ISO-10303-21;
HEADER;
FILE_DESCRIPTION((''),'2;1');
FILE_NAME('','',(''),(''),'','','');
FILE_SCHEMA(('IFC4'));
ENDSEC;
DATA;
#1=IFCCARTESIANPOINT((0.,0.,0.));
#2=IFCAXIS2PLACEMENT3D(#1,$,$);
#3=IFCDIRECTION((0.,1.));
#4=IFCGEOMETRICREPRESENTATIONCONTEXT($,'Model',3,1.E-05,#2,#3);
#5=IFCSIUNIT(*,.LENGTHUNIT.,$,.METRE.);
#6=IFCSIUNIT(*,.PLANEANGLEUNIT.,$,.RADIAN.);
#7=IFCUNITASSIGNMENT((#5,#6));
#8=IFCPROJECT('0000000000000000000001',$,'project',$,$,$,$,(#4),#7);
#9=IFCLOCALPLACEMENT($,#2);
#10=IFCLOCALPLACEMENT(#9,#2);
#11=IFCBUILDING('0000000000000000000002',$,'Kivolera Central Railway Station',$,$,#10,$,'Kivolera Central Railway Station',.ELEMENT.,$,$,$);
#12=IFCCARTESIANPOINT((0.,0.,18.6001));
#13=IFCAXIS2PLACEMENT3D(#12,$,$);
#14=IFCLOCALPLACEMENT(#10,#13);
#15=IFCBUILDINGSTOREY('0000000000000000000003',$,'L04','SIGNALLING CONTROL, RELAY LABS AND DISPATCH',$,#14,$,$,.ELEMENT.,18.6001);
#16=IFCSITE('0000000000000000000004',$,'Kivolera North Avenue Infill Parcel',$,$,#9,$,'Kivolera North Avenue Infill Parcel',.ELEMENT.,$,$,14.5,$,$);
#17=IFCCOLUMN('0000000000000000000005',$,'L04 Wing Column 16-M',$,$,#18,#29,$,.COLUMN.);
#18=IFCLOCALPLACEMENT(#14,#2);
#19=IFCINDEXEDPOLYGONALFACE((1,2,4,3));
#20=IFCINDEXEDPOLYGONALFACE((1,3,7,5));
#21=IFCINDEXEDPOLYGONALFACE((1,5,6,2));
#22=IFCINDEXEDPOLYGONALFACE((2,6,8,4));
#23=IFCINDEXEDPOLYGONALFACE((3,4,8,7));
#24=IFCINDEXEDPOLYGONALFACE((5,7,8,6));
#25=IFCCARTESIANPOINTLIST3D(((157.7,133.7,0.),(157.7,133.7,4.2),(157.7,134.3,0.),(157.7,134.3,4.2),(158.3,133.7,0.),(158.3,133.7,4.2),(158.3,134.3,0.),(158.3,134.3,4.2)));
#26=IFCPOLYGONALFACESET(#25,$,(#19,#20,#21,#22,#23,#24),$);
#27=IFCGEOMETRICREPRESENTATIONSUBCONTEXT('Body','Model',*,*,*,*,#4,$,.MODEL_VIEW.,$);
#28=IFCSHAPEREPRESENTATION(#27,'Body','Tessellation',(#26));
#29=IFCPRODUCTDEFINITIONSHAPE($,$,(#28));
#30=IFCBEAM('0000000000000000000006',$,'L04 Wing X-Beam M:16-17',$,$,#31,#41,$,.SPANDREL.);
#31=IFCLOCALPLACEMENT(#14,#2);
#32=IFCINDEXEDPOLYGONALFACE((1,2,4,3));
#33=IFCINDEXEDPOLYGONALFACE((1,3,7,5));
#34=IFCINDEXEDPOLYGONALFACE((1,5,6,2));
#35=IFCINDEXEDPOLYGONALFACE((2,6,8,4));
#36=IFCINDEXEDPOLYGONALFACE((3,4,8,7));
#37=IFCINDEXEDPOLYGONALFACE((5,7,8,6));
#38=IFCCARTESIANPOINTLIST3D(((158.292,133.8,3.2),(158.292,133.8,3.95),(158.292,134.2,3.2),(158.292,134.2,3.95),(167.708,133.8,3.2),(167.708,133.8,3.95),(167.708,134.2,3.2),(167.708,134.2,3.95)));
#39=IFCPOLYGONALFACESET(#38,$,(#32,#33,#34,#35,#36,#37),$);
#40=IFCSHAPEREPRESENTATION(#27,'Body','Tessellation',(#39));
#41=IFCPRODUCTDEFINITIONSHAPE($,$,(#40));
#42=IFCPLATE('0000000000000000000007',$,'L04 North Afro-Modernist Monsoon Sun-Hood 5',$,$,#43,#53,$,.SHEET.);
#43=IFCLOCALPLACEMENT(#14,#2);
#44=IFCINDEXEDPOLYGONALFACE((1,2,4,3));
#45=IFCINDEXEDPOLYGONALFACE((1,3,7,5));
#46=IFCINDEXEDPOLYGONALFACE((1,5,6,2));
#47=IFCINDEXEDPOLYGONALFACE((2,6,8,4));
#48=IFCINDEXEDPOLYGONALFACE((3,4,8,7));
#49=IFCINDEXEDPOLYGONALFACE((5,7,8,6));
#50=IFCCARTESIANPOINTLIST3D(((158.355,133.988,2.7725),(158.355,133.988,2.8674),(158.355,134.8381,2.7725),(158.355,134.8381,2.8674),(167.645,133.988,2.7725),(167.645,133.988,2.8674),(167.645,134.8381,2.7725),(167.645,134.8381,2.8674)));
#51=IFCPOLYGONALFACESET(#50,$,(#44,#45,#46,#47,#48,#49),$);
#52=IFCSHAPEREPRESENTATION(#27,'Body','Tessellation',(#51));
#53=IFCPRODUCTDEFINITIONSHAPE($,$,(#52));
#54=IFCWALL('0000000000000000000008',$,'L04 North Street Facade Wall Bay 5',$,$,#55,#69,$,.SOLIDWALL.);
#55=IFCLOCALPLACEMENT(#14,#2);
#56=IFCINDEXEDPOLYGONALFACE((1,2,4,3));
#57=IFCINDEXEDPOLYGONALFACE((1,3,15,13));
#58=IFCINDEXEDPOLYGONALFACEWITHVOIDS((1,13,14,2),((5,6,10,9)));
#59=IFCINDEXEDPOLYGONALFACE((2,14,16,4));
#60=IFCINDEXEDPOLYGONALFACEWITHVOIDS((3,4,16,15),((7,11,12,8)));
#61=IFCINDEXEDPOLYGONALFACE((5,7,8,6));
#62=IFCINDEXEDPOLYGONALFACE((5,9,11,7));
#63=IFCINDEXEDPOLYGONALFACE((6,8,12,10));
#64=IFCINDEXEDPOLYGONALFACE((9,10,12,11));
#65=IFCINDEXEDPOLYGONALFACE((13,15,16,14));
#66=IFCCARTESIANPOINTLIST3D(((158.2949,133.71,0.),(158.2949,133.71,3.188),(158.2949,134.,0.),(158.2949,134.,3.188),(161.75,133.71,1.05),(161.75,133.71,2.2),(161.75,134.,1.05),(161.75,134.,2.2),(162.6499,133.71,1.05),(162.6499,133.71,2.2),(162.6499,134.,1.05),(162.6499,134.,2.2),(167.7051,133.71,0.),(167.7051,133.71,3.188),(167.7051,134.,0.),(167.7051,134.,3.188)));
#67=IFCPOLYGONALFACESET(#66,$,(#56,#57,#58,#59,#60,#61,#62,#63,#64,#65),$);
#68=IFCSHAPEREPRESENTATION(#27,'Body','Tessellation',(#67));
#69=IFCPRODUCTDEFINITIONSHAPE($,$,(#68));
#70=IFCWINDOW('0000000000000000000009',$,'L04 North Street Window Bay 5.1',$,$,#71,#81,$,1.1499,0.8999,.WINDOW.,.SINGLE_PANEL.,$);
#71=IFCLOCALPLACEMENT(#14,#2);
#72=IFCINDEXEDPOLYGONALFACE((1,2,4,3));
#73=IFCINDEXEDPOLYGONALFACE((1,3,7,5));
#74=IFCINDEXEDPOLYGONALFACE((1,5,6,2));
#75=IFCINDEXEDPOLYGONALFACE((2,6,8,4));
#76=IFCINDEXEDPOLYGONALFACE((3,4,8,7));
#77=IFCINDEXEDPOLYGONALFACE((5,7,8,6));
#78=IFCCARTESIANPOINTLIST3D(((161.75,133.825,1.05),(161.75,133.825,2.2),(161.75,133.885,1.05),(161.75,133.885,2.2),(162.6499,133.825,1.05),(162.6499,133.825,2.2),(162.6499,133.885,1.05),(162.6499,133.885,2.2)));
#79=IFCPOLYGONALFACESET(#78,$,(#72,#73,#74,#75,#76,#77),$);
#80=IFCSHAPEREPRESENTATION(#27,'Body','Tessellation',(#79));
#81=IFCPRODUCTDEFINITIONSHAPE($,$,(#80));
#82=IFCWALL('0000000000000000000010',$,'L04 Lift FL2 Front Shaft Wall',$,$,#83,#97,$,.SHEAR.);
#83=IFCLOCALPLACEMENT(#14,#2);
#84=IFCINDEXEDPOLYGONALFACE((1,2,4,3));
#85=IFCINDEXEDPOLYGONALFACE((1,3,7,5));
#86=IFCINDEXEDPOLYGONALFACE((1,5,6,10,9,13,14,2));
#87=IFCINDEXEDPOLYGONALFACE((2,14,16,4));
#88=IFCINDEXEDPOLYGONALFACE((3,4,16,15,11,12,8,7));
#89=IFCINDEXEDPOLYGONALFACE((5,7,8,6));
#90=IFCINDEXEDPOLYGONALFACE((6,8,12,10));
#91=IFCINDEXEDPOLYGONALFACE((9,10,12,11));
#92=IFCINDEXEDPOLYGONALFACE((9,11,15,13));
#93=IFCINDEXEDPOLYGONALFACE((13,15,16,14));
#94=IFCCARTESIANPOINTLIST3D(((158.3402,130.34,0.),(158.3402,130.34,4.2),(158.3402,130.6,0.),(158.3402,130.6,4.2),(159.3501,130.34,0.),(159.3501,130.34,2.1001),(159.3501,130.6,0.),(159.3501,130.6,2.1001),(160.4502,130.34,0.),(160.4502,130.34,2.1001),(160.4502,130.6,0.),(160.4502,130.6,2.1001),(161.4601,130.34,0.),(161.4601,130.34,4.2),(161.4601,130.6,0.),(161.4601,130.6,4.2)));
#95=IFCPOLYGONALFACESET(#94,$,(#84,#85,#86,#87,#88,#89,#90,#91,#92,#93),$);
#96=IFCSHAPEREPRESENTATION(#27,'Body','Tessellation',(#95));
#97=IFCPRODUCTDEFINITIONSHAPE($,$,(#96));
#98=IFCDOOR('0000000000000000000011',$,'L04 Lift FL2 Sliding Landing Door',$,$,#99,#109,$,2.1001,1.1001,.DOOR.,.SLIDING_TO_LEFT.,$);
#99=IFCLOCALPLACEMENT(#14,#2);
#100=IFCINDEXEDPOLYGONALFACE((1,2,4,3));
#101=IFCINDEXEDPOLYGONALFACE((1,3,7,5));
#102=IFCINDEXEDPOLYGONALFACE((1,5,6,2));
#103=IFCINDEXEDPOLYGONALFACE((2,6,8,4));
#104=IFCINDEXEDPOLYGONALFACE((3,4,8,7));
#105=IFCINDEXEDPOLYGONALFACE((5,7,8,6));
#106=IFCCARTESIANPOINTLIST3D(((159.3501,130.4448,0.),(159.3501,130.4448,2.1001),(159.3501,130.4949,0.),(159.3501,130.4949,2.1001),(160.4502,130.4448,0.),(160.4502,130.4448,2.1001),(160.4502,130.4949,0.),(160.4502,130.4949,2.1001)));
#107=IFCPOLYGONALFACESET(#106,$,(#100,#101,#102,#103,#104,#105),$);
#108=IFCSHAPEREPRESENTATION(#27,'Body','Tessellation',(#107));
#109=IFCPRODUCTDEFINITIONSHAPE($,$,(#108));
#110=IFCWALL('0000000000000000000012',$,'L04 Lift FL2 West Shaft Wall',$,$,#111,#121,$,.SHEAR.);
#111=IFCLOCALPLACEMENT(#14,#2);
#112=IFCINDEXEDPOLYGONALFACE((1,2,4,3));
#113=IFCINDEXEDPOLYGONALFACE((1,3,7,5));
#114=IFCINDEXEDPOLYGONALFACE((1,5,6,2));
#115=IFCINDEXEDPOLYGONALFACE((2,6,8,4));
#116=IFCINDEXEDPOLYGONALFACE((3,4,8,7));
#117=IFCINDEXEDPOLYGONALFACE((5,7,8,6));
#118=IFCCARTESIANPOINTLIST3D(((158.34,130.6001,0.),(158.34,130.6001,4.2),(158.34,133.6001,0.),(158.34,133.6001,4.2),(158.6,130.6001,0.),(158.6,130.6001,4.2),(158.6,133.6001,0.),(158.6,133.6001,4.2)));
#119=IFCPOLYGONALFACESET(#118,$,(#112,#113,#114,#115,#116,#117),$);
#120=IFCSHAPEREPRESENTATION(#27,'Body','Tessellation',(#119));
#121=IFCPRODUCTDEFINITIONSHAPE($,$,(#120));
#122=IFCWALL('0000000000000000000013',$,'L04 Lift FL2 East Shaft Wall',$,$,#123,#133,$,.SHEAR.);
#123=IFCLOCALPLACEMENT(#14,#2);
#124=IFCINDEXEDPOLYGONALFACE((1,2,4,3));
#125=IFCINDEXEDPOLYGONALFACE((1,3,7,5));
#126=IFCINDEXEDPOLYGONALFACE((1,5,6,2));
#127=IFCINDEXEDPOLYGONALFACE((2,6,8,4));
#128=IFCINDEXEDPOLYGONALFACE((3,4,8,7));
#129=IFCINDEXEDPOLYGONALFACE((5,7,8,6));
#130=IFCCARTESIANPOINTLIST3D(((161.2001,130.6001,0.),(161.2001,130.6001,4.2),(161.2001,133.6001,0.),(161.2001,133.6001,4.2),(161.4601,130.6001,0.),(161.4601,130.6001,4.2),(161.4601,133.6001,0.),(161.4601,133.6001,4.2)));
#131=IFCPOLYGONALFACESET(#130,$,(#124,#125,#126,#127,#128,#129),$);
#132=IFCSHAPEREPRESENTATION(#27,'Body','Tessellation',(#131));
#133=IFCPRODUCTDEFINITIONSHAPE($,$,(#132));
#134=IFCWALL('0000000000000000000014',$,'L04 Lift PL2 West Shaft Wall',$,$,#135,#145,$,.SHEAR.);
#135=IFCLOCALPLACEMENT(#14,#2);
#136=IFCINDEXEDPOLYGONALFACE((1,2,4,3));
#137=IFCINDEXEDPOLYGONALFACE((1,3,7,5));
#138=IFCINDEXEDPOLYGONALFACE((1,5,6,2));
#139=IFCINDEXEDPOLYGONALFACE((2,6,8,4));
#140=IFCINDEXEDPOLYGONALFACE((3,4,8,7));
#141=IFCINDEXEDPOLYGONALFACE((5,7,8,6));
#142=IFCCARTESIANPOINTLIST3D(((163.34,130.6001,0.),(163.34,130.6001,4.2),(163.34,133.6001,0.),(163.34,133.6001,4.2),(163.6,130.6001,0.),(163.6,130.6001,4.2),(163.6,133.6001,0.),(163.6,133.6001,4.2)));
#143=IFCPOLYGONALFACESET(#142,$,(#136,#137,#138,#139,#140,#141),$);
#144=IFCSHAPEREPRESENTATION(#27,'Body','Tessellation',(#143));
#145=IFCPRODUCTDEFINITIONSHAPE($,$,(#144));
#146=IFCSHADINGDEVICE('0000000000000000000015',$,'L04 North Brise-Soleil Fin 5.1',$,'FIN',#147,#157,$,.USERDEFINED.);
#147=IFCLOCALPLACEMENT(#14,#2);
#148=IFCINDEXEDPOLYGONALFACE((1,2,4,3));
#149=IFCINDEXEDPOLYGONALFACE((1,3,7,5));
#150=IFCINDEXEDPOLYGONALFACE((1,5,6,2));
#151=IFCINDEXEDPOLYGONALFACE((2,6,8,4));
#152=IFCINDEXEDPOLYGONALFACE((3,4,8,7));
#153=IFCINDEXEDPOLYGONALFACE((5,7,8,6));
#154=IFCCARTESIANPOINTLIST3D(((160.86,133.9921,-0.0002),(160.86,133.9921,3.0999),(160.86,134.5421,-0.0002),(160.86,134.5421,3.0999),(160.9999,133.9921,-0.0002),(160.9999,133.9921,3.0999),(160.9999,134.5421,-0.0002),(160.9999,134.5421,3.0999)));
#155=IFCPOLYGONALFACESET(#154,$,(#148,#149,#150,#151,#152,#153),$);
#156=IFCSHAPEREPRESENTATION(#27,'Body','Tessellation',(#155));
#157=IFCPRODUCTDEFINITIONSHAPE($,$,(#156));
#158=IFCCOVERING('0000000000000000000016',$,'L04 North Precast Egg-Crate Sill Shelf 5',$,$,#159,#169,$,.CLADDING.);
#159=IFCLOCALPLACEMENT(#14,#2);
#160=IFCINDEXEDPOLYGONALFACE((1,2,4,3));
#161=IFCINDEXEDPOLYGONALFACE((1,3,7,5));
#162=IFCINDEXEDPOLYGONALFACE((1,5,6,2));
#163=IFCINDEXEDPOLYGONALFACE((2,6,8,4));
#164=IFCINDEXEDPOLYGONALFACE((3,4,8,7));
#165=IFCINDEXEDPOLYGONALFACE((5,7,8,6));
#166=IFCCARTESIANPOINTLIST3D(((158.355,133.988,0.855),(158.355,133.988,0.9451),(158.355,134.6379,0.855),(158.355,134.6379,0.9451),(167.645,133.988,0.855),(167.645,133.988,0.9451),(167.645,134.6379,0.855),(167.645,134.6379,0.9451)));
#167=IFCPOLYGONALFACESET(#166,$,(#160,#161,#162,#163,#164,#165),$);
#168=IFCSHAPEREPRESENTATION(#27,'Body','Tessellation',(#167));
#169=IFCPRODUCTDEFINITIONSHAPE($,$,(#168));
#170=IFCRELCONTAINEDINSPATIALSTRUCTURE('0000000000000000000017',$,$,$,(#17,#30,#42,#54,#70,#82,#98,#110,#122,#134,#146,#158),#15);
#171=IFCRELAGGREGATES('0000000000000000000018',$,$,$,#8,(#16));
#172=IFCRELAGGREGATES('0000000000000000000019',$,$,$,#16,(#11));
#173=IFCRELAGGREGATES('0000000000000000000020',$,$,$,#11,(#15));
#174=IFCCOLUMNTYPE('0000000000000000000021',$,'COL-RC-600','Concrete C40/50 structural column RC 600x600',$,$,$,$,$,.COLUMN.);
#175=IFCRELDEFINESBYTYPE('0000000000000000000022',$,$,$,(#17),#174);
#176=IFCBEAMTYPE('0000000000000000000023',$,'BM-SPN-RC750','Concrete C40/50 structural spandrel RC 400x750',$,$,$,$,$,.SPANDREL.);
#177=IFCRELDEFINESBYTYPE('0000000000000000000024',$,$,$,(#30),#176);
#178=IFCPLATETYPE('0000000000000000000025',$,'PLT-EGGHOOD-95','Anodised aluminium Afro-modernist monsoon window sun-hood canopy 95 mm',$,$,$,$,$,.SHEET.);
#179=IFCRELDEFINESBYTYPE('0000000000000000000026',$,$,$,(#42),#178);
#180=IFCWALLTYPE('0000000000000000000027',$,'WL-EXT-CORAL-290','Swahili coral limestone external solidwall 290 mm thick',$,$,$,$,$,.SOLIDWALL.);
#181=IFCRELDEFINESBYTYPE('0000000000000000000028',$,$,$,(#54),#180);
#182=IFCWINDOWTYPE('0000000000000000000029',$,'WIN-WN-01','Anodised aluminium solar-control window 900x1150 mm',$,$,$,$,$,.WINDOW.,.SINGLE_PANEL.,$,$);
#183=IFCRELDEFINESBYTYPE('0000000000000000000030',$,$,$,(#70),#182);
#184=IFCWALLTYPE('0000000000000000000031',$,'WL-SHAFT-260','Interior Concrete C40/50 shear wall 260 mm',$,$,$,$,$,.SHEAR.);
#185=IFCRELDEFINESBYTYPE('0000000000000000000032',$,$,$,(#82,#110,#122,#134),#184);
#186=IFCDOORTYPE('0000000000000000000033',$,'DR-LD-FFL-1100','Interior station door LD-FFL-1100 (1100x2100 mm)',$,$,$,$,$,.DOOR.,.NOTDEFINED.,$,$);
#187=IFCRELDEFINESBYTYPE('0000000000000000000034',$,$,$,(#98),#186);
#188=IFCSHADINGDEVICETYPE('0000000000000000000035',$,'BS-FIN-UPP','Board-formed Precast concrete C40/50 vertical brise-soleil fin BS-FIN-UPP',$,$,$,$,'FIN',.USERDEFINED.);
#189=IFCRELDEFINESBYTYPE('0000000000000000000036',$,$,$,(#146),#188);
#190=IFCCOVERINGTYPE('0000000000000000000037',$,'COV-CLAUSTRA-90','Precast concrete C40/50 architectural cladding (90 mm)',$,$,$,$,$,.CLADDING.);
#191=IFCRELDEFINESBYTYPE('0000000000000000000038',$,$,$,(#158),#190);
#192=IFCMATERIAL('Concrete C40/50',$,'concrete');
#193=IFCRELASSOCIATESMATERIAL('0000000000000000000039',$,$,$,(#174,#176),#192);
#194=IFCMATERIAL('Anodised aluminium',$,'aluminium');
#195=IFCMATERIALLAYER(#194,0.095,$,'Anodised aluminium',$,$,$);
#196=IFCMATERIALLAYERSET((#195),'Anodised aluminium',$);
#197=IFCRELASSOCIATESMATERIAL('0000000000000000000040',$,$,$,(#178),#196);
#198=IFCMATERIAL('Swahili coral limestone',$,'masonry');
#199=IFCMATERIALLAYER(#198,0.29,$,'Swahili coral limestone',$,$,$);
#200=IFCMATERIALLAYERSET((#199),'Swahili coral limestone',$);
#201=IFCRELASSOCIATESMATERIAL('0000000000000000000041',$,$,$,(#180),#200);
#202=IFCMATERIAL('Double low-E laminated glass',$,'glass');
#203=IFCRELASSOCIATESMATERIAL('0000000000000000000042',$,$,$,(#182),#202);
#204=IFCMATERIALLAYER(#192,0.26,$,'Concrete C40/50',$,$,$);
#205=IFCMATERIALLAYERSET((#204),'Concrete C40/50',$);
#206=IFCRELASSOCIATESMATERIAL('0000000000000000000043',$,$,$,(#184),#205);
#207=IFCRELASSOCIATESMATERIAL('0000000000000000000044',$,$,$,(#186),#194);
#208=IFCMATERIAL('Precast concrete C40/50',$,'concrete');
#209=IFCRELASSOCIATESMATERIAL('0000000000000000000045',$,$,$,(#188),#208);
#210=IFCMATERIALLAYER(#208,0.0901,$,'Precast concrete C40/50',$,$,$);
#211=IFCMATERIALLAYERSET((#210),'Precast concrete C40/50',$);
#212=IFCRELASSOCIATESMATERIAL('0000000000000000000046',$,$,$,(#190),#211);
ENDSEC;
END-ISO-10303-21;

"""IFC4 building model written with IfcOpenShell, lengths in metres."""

from ifc_helpers import new_model, si_unit, direction, frame, frame_2d, origin, origin_2d, place, context, subcontext, project, spatial, rectangle, extrude, material, layer, layer_set, material_profile, profile_set, type_object, element, fill, save


model = new_model("IFC4")

# Units and contexts
model_context = context("Model", 3, precision=1e-05, world=origin(), true_north=direction((0.0, 1.0)))
body_context = subcontext(model_context, "Body", "Model", "MODEL_VIEW")
ifc_project = project(units=[si_unit("LENGTHUNIT", "METRE"), si_unit("PLANEANGLEUNIT", "RADIAN")], contexts=[model_context])

# Site, building, storey
site_placement = place(None, origin())
site = spatial("IfcSite", under=ifc_project, at=site_placement, Name="Kivolera North Avenue Infill Parcel", LongName="Kivolera North Avenue Infill Parcel", CompositionType="ELEMENT", RefElevation=14.5)
building_placement = place(site_placement, origin())
building = spatial("IfcBuilding", under=site, at=building_placement, Name="Kivolera Central Railway Station", LongName="Kivolera Central Railway Station", CompositionType="ELEMENT")
storey_placement = place(building_placement, frame((0.0, 0.0, 18.6001)))
storey = spatial("IfcBuildingStorey", under=building, at=storey_placement, Name="L04", Description="SIGNALLING CONTROL, RELAY LABS AND DISPATCH", CompositionType="ELEMENT", Elevation=18.6001)

# Column
ifc_material_1 = material(Name="Concrete C40/50", Category="concrete")
ifc_material_profile_1 = material_profile(ifc_material_1, rectangle(XDim=0.6001, YDim=0.6001, at=origin_2d()), Name="RC 600x600")
ifc_profile_set_1 = profile_set([ifc_material_profile_1], Name="Concrete C40/50")
column_type = type_object("IfcColumnType", Name="COL-RC-600", Description="Concrete C40/50 structural column RC 600x600", PredefinedType="COLUMN", material=ifc_profile_set_1)
column_placement = place(storey_placement, frame((158.0, 134.0, 0.0), z_axis=(0.0, 0.0, 1.0), x_axis=(1.0, 0.0, 0.0)))
element("IfcColumn", 1, at=column_placement, inside=storey, type_object=column_type, Name="L04 Wing Column 16-M", PredefinedType="COLUMN", context=body_context, shape_type="SweptSolid", body=[
    extrude(rectangle(XDim=0.6001, YDim=0.6001, at=origin_2d()), origin(), (0.0, 0.0, 1.0), 4.2),
])

# Beam
ifc_material_profile_2 = material_profile(ifc_material_1, rectangle(XDim=0.3999, YDim=0.75, at=origin_2d()), Name="RC 400x750")
ifc_profile_set_2 = profile_set([ifc_material_profile_2], Name="Concrete C40/50")
beam_type = type_object("IfcBeamType", Name="BM-SPN-RC750", Description="Concrete C40/50 structural spandrel RC 400x750", PredefinedType="SPANDREL", material=ifc_profile_set_2)
beam_placement = place(storey_placement, frame((158.292, 134.0, 3.575), z_axis=(1.0, 0.0, 0.0), x_axis=(0.0, 1.0, 0.0)))
element("IfcBeam", 2, at=beam_placement, inside=storey, type_object=beam_type, Name="L04 Wing X-Beam M:16-17", PredefinedType="SPANDREL", context=body_context, shape_type="SweptSolid", body=[
    extrude(rectangle(XDim=0.3999, YDim=0.75, at=origin_2d()), origin(), (0.0, 0.0, 1.0), 9.416),
])

# Plate
ifc_material_2 = material(Name="Anodised aluminium", Category="aluminium")
ifc_layer_1 = layer(ifc_material_2, 0.095, Name="Anodised aluminium")
ifc_layer_set_1 = layer_set([ifc_layer_1], Name="Anodised aluminium")
plate_type = type_object("IfcPlateType", Name="PLT-EGGHOOD-95", Description="Anodised aluminium Afro-modernist monsoon window sun-hood canopy 95 mm", PredefinedType="SHEET", material=ifc_layer_set_1)
plate_placement = place(storey_placement, frame((163.0, 134.4131, 2.7725), z_axis=(0.0, 0.0, 1.0), x_axis=(1.0, 0.0, 0.0)))
element("IfcPlate", 3, at=plate_placement, inside=storey, type_object=plate_type, Name="L04 North Afro-Modernist Monsoon Sun-Hood 5", PredefinedType="SHEET", context=body_context, shape_type="SweptSolid", body=[
    extrude(rectangle(XDim=9.29, YDim=0.8501, at=origin_2d()), origin(), (0.0, 0.0, 1.0), 0.095),
])

# Wall, opening, window
ifc_material_3 = material(Name="Swahili coral limestone", Category="masonry")
ifc_layer_2 = layer(ifc_material_3, 0.29, Name="Swahili coral limestone")
ifc_layer_set_2 = layer_set([ifc_layer_2], Name="Swahili coral limestone")
wall_type_1 = type_object("IfcWallType", Name="WL-EXT-CORAL-290", Description="Swahili coral limestone external solidwall 290 mm thick", PredefinedType="SOLIDWALL", material=ifc_layer_set_2)
wall_1_placement = place(storey_placement, frame((158.2949, 133.855, 0.0), z_axis=(0.0, 0.0, 1.0), x_axis=(1.0, 0.0, 0.0)))
wall_1 = element("IfcWall", 4, at=wall_1_placement, inside=storey, type_object=wall_type_1, Name="L04 North Street Facade Wall Bay 5", PredefinedType="SOLIDWALL", context=body_context, shape_type="SweptSolid", body=[
    extrude(rectangle(XDim=9.4102, YDim=0.29, at=frame_2d((4.7051, 0.0))), origin(), (0.0, 0.0, 1.0), 3.188),
])
opening_1_placement = place(wall_1_placement, frame((3.4551, 0.0, 1.05)))
opening_1 = element("IfcOpeningElement", 5, at=opening_1_placement, cuts=wall_1, PredefinedType="OPENING", context=body_context, shape_type="SweptSolid", body=[
    extrude(rectangle(XDim=0.8999, YDim=1.1499, at=frame_2d((0.45, 0.575))), frame((0.0, 0.155, 0.0), z_axis=(0.0, -1.0, 0.0), x_axis=(1.0, 0.0, 0.0)), (0.0, 0.0, 1.0), 0.3101),
])
ifc_material_4 = material(Name="Double low-E laminated glass", Category="glass")
window_type = type_object("IfcWindowType", Name="WIN-WN-01", Description="Anodised aluminium solar-control window 900x1150 mm", PartitioningType="SINGLE_PANEL", PredefinedType="WINDOW", material=ifc_material_4)
window_placement = place(opening_1_placement, origin())
window = element("IfcWindow", 6, at=window_placement, inside=storey, type_object=window_type, Name="L04 North Street Window Bay 5.1", OverallHeight=1.1499, OverallWidth=0.8999, PartitioningType="SINGLE_PANEL", PredefinedType="WINDOW", context=body_context, shape_type="SweptSolid", body=[
    extrude(rectangle(XDim=0.8999, YDim=1.1499, at=frame_2d((0.45, 0.575))), frame((0.0, 0.03, 0.0), z_axis=(0.0, -1.0, 0.0), x_axis=(1.0, 0.0, 0.0)), (0.0, 0.0, 1.0), 0.0601),
])
fill(opening_1, window)

# Wall, opening, door
ifc_layer_3 = layer(ifc_material_1, 0.26, Name="Concrete C40/50")
ifc_layer_set_3 = layer_set([ifc_layer_3], Name="Concrete C40/50")
wall_type_2 = type_object("IfcWallType", Name="WL-SHAFT-260", Description="Interior Concrete C40/50 shear wall 260 mm", PredefinedType="SHEAR", material=ifc_layer_set_3)
wall_2_placement = place(storey_placement, frame((158.3401, 130.47, 0.0), z_axis=(0.0, 0.0, 1.0), x_axis=(1.0, 0.0, 0.0)))
wall_2 = element("IfcWall", 7, at=wall_2_placement, inside=storey, type_object=wall_type_2, Name="L04 Lift FL2 Front Shaft Wall", PredefinedType="SHEAR", context=body_context, shape_type="SweptSolid", body=[
    extrude(rectangle(XDim=3.1199, YDim=0.26, at=frame_2d((1.5601, 0.0))), origin(), (0.0, 0.0, 1.0), 4.2),
])
opening_2_placement = place(wall_2_placement, frame((1.01, 0.0, 0.0)))
opening_2 = element("IfcOpeningElement", 8, at=opening_2_placement, cuts=wall_2, PredefinedType="OPENING", context=body_context, shape_type="SweptSolid", body=[
    extrude(rectangle(XDim=1.1001, YDim=2.1001, at=frame_2d((0.55, 1.05))), frame((0.0, 0.1399, 0.0), z_axis=(0.0, -1.0, 0.0), x_axis=(1.0, 0.0, 0.0)), (0.0, 0.0, 1.0), 0.28),
])
door_type_1 = type_object("IfcDoorType", Name="DR-LD-FFL-1100", Description="Interior station door LD-FFL-1100 (1100x2100 mm)", OperationType="NOTDEFINED", PredefinedType="DOOR", material=ifc_material_2)
door_1_placement = place(opening_2_placement, origin())
door_1 = element("IfcDoor", 9, at=door_1_placement, inside=storey, type_object=door_type_1, Name="L04 Lift FL2 Sliding Landing Door", OperationType="SLIDING_TO_LEFT", OverallHeight=2.1001, OverallWidth=1.1001, PredefinedType="DOOR", context=body_context, shape_type="SweptSolid", body=[
    extrude(rectangle(XDim=1.1001, YDim=2.1001, at=frame_2d((0.55, 1.05))), frame((0.0, 0.0249, 0.0), z_axis=(0.0, -1.0, 0.0), x_axis=(1.0, 0.0, 0.0)), (0.0, 0.0, 1.0), 0.05),
])
fill(opening_2, door_1)

# Walls
for number, where, z_axis, x_axis, name in (
    (10, (158.47, 130.6001, 0.0), (0.0, 0.0, 1.0), (0.0, 1.0, 0.0), "L04 Lift FL2 West Shaft Wall"),
    (11, (161.3301, 130.6001, 0.0), (0.0, 0.0, 1.0), (0.0, 1.0, 0.0), "L04 Lift FL2 East Shaft Wall"),
):
    element("IfcWall", number, at=place(storey_placement, frame(where, z_axis=z_axis, x_axis=x_axis)), inside=storey, type_object=wall_type_2, Name=name, PredefinedType="SHEAR", context=body_context, shape_type="SweptSolid", body=[
        extrude(rectangle(XDim=3.0, YDim=0.26, at=frame_2d((1.5, 0.0))), origin(), (0.0, 0.0, 1.0), 4.2),
    ])

# Wall
wall_3_placement = place(storey_placement, frame((163.47, 130.6001, 0.0), z_axis=(0.0, 0.0, 1.0), x_axis=(0.0, 1.0, 0.0)))
element("IfcWall", 12, at=wall_3_placement, inside=storey, type_object=wall_type_2, Name="L04 Lift PL2 West Shaft Wall", PredefinedType="SHEAR", context=body_context, shape_type="SweptSolid", body=[
    extrude(rectangle(XDim=3.0, YDim=0.26, at=frame_2d((1.5, 0.0))), origin(), (0.0, 0.0, 1.0), 4.2),
])

# Shading device
ifc_material_5 = material(Name="Precast concrete C40/50", Category="concrete")
shading_device_type = type_object("IfcShadingDeviceType", Name="BS-FIN-UPP", Description="Board-formed Precast concrete C40/50 vertical brise-soleil fin BS-FIN-UPP", ElementType="FIN", PredefinedType="USERDEFINED", material=ifc_material_5)
shading_device_placement = place(storey_placement, frame((160.9299, 134.2671, -0.0002), z_axis=(0.0, 0.0, 1.0), x_axis=(1.0, 0.0, 0.0)))
element("IfcShadingDevice", 13, at=shading_device_placement, inside=storey, type_object=shading_device_type, Name="L04 North Brise-Soleil Fin 5.1", ObjectType="FIN", PredefinedType="USERDEFINED", context=body_context, shape_type="SweptSolid", body=[
    extrude(rectangle(XDim=0.1399, YDim=0.55, at=origin_2d()), origin(), (0.0, 0.0, 1.0), 3.1001),
])

# Covering
ifc_layer_4 = layer(ifc_material_5, 0.0901, Name="Precast concrete C40/50")
ifc_layer_set_4 = layer_set([ifc_layer_4], Name="Precast concrete C40/50")
covering_type_1 = type_object("IfcCoveringType", Name="COV-CLAUSTRA-90", Description="Precast concrete C40/50 architectural cladding (90 mm)", PredefinedType="CLADDING", material=ifc_layer_set_4)
covering_1_placement = place(storey_placement, frame((163.0, 134.313, 0.855), z_axis=(0.0, 0.0, 1.0), x_axis=(1.0, 0.0, 0.0)))
element("IfcCovering", 14, at=covering_1_placement, inside=storey, type_object=covering_type_1, Name="L04 North Precast Egg-Crate Sill Shelf 5", PredefinedType="CLADDING", context=body_context, shape_type="SweptSolid", body=[
    extrude(rectangle(XDim=9.29, YDim=0.6499, at=origin_2d()), origin(), (0.0, 0.0, 1.0), 0.0901),
])

save(model, "model.ifc")
